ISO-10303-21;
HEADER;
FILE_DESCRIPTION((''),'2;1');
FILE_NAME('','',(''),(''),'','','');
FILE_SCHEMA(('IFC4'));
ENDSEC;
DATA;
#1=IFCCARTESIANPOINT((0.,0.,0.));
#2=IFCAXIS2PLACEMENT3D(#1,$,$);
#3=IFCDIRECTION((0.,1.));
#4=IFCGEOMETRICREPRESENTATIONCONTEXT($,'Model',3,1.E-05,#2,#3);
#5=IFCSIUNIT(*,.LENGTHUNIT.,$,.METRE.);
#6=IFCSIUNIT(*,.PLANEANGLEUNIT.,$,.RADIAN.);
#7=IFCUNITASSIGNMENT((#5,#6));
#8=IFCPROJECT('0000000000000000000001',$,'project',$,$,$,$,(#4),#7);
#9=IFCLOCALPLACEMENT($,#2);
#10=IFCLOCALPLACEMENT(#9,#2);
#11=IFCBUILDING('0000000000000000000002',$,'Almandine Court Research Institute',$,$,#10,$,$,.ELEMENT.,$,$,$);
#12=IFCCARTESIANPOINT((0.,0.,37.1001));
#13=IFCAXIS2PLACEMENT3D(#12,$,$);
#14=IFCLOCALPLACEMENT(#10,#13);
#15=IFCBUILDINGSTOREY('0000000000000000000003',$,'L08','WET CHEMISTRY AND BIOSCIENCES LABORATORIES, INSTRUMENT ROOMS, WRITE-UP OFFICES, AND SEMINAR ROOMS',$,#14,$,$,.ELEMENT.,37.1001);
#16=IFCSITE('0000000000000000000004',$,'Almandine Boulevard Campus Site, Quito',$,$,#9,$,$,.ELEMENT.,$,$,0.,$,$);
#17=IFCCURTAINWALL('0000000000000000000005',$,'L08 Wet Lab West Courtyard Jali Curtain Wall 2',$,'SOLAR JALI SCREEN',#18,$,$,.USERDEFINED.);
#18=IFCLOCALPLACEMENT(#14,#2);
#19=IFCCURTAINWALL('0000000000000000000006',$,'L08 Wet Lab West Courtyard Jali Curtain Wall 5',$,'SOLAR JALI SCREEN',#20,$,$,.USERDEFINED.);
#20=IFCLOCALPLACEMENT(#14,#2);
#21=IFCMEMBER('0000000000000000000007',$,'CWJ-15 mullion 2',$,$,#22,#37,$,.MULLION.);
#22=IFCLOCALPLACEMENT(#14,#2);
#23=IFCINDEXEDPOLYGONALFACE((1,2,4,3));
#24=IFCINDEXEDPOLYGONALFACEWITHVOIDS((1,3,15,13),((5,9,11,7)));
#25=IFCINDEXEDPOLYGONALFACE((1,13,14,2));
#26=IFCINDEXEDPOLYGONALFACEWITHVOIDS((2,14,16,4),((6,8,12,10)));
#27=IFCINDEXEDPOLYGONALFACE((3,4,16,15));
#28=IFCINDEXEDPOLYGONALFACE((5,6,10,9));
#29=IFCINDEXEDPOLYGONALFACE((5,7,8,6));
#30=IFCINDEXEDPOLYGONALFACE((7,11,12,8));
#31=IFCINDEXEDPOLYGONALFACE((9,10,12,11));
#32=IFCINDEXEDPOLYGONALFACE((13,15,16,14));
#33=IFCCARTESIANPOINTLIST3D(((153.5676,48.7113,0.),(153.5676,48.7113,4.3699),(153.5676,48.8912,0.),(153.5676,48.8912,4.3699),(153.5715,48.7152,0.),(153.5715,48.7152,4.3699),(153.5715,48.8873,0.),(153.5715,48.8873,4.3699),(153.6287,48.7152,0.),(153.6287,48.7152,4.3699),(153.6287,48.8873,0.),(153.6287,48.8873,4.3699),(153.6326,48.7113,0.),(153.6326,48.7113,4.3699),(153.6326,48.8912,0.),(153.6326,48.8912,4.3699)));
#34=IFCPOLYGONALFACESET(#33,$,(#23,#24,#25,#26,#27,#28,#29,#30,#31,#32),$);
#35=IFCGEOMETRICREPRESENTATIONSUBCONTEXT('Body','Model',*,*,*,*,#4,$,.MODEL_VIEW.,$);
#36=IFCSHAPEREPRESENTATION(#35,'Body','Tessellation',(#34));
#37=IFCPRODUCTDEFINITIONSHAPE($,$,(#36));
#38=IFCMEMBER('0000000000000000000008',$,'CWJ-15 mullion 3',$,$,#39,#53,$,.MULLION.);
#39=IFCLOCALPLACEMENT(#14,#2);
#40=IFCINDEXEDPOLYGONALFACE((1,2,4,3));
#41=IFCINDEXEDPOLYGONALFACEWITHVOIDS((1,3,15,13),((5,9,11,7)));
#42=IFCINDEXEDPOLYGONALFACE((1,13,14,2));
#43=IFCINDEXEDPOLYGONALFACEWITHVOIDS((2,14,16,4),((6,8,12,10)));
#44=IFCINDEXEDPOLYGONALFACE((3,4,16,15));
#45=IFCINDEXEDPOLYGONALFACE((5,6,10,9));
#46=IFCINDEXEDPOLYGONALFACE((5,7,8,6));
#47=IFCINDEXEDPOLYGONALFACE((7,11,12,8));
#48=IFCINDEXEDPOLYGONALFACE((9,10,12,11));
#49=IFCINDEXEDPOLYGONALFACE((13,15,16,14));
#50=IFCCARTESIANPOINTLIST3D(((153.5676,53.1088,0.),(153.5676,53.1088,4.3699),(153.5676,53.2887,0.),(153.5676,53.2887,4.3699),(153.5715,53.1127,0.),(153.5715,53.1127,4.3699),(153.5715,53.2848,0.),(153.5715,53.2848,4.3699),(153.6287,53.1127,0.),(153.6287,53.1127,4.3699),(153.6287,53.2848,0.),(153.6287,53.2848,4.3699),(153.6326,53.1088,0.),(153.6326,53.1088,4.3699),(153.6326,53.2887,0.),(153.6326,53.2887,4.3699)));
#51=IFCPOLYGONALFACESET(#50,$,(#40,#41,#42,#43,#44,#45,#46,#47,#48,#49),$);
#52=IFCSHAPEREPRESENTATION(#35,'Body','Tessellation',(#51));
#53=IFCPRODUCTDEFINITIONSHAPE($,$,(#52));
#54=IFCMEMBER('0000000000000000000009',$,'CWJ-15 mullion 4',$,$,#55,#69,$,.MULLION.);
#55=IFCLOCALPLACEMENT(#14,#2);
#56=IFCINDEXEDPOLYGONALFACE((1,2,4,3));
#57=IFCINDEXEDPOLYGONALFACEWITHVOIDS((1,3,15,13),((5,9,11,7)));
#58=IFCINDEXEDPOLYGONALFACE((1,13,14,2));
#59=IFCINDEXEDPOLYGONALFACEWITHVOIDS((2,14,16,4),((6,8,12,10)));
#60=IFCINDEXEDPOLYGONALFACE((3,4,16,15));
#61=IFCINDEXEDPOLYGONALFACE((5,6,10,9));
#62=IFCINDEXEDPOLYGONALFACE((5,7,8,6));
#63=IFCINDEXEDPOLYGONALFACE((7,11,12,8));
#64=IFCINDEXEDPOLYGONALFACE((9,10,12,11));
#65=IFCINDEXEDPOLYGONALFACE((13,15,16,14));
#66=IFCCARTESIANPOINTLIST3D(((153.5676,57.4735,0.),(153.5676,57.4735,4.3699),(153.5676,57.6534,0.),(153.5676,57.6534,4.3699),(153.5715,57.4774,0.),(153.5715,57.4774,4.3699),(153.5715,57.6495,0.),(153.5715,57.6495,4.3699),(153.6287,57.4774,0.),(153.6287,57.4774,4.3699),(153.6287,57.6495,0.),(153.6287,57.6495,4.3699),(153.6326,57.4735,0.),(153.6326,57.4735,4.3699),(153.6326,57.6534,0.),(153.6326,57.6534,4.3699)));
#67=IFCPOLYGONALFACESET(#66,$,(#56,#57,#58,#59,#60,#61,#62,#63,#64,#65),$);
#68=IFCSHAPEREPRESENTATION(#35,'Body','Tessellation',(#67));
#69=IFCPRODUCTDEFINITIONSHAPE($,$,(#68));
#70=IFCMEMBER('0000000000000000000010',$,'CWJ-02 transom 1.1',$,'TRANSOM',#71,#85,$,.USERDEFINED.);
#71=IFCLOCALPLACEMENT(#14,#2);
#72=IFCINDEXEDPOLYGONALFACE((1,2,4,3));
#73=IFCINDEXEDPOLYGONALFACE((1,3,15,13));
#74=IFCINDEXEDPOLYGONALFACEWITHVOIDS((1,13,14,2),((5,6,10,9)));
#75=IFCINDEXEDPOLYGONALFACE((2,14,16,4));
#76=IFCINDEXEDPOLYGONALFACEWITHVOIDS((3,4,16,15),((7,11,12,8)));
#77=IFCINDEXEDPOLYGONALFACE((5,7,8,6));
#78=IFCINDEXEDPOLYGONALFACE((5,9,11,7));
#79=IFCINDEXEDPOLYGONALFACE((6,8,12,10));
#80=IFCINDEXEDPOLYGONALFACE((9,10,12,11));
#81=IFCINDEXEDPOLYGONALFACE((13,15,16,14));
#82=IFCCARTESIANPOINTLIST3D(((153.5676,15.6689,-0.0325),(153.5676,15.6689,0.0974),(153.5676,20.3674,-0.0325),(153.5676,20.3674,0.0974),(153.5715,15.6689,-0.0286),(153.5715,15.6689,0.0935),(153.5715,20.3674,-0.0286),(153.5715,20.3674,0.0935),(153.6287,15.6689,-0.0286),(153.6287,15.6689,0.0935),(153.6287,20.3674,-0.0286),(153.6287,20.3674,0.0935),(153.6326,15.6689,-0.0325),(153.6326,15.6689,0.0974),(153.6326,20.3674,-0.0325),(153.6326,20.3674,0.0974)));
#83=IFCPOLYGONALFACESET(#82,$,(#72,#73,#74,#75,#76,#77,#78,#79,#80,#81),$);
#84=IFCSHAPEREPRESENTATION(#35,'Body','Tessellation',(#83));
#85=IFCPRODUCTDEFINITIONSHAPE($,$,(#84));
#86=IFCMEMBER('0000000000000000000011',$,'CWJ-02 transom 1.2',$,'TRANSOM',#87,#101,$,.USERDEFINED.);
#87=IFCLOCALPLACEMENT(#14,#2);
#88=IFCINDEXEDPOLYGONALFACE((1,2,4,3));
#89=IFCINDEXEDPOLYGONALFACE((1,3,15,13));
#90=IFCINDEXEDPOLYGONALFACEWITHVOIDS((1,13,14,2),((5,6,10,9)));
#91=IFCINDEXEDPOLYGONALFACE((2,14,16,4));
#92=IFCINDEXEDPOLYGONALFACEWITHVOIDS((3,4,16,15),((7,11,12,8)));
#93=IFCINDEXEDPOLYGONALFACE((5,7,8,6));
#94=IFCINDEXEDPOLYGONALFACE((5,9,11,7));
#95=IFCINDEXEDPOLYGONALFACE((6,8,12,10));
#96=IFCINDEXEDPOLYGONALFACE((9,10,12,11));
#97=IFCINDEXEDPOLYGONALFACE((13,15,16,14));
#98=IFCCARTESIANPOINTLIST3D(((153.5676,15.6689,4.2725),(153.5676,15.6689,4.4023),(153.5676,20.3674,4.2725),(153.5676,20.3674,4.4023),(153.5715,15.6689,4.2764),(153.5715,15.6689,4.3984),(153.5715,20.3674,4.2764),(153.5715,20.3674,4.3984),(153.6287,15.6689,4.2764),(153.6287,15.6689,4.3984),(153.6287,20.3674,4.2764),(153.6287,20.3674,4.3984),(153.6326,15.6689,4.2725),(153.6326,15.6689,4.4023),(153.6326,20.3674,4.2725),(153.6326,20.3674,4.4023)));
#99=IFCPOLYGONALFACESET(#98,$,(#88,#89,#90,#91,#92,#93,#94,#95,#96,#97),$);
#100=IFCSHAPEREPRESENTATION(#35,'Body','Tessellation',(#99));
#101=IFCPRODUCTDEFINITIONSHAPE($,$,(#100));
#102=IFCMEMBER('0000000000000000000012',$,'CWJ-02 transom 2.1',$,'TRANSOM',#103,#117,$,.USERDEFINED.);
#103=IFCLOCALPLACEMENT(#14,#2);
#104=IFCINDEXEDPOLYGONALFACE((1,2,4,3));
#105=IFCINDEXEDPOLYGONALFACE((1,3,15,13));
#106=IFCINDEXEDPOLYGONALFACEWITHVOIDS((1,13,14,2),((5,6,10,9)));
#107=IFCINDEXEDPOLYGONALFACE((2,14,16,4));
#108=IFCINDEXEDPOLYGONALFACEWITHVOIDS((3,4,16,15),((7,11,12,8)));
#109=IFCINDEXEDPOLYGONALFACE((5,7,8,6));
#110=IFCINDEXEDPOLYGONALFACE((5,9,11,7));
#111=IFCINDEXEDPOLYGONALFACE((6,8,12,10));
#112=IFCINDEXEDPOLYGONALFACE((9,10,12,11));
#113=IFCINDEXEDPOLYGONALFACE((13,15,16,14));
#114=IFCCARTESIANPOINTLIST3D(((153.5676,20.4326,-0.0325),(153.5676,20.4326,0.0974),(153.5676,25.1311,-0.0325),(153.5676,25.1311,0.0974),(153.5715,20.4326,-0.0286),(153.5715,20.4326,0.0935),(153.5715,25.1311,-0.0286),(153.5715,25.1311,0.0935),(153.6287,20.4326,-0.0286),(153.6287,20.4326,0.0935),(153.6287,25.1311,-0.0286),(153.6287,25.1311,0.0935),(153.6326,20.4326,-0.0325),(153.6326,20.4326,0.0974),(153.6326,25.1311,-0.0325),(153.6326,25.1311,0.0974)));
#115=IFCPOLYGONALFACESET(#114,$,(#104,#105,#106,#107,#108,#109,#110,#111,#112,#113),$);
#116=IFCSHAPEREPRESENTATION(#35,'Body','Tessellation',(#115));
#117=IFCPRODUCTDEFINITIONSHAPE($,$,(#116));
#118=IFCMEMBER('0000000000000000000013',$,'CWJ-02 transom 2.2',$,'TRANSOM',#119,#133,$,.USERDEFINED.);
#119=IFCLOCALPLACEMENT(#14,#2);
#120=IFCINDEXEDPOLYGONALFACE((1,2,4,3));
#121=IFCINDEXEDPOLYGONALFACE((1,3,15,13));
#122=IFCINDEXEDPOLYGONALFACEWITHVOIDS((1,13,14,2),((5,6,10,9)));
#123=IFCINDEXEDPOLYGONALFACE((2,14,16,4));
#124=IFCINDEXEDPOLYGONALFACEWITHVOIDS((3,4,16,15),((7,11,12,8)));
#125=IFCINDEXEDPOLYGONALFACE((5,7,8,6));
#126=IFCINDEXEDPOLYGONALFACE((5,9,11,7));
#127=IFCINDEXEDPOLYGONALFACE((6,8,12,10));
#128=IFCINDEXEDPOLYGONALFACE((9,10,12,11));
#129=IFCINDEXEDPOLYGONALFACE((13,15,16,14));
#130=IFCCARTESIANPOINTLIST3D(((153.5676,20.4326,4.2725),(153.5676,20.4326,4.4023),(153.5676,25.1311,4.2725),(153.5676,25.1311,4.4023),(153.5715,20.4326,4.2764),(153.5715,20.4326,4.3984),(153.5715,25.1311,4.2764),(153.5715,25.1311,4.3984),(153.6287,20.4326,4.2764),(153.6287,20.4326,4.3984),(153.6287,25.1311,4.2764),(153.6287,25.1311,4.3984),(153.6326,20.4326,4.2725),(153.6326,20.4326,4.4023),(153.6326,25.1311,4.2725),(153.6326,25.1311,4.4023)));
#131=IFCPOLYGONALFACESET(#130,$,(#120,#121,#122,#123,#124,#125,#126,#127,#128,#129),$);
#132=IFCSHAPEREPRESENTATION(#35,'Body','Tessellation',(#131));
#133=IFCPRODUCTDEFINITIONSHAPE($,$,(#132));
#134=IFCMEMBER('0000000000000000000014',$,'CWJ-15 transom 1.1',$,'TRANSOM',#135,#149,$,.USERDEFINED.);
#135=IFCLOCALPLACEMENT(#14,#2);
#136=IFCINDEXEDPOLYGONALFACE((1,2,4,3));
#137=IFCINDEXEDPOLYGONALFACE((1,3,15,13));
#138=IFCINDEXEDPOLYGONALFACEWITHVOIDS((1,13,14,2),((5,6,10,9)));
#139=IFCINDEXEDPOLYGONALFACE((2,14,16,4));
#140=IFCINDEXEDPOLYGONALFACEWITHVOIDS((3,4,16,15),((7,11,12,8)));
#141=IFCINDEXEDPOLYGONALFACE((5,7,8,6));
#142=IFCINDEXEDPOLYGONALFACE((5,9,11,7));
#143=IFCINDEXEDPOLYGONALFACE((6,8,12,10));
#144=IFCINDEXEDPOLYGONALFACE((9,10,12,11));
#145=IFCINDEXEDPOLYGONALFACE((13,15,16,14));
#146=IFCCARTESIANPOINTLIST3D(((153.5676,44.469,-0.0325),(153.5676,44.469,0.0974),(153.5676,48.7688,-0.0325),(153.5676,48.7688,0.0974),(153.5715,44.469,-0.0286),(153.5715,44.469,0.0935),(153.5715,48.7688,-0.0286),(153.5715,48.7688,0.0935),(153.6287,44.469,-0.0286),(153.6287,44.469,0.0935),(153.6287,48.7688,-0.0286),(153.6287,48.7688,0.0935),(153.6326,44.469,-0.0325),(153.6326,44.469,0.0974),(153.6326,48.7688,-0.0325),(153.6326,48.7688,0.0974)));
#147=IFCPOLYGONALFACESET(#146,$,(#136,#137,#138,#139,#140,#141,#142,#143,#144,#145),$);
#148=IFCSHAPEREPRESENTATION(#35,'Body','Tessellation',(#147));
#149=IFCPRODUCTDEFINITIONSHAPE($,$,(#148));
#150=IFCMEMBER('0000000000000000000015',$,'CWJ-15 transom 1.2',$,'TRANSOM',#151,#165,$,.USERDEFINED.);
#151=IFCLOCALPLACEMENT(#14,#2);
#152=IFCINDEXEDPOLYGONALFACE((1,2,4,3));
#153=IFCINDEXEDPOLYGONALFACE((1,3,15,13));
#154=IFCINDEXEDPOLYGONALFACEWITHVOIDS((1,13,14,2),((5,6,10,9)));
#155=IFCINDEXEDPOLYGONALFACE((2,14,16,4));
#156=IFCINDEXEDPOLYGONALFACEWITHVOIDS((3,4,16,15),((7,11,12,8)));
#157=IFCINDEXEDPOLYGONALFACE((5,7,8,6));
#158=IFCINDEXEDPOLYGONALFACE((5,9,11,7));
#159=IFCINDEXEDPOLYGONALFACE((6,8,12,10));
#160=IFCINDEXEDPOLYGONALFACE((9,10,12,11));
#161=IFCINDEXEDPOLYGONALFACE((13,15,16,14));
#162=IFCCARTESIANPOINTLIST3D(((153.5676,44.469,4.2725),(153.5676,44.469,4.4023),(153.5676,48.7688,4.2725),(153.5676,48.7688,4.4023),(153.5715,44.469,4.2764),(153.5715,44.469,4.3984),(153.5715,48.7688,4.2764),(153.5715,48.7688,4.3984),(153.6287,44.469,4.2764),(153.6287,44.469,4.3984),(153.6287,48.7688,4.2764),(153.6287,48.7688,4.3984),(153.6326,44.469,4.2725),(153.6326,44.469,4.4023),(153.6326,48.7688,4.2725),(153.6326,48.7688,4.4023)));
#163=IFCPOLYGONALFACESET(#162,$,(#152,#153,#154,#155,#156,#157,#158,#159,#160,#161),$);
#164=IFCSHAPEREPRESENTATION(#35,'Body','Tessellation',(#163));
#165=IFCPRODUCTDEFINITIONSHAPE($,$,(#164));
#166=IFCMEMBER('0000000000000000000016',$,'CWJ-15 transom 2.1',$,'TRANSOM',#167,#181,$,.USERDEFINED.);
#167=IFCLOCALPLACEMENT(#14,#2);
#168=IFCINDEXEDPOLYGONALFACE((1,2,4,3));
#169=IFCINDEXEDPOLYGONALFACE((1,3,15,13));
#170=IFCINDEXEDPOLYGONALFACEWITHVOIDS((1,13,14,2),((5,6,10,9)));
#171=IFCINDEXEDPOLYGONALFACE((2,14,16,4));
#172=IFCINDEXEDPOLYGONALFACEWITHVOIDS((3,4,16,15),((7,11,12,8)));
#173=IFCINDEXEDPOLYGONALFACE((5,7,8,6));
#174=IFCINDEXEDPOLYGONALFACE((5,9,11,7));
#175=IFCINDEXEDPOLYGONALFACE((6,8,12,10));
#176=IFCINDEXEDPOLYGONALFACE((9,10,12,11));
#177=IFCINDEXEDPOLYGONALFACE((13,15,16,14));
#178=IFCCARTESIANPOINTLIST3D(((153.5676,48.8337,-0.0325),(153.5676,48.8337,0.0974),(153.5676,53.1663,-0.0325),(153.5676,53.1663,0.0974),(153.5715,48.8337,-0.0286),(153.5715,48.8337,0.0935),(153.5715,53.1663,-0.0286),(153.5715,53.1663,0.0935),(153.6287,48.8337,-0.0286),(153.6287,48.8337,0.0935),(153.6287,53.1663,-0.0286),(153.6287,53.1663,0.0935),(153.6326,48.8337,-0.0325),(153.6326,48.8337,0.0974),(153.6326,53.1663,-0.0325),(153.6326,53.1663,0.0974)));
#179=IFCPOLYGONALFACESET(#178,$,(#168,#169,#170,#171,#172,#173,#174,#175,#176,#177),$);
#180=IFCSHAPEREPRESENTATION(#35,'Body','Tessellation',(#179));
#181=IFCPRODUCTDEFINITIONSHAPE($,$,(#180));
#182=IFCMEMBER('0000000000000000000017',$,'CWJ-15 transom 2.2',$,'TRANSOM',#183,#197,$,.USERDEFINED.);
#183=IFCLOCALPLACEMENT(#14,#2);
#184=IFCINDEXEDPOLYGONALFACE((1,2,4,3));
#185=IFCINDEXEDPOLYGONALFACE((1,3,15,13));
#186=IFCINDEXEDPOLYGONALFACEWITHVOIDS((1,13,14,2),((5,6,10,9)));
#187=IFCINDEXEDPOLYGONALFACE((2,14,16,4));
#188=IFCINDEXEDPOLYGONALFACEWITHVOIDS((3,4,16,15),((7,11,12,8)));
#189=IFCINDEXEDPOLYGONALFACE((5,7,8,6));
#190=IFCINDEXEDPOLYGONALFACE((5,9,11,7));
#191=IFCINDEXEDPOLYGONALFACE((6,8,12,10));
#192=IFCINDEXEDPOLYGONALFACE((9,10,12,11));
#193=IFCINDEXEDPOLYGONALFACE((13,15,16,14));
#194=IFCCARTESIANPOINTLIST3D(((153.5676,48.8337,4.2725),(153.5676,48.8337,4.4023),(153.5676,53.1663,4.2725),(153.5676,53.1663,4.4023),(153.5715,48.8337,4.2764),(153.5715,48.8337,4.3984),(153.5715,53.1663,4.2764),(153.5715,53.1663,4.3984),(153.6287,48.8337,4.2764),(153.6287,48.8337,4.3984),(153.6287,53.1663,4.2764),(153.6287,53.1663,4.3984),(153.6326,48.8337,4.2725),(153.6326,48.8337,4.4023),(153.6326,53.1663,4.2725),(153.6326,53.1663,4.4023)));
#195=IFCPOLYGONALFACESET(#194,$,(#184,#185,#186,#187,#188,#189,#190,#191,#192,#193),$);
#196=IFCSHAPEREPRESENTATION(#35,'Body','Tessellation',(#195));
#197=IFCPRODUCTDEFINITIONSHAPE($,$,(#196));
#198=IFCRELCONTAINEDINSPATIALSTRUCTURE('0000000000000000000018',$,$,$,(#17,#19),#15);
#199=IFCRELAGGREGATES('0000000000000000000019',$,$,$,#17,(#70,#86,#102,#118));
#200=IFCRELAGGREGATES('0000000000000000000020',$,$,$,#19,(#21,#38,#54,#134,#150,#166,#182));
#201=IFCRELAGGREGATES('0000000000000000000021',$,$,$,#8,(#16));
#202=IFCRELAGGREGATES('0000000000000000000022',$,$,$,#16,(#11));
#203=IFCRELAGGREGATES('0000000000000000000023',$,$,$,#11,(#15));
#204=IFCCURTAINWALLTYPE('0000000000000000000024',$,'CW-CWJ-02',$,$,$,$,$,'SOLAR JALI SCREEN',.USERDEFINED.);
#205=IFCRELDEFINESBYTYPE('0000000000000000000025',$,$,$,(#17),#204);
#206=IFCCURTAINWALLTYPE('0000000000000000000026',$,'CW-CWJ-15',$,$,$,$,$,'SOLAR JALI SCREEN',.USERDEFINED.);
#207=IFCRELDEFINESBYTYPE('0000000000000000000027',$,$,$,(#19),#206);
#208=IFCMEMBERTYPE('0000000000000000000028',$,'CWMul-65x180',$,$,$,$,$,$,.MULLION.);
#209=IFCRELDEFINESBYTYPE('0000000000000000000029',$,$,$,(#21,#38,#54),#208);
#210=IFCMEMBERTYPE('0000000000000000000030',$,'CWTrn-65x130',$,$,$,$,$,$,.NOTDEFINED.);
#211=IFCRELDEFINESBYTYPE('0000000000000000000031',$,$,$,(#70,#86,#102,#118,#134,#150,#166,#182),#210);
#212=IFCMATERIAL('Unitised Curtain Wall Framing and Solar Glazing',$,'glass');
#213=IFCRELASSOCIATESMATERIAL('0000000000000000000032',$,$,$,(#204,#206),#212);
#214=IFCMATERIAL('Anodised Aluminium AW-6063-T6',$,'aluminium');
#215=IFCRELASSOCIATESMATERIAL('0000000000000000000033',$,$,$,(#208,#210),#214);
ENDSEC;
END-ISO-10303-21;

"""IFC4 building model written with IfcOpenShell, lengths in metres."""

from ifc_helpers import new_model, si_unit, direction, frame, origin, origin_2d, place, context, subcontext, project, spatial, hollow_rectangle, extrude, material, material_profile, profile_set, type_object, element, aggregate, save


model = new_model("IFC4")

# Units and contexts
model_context = context("Model", 3, precision=1e-05, world=origin(), true_north=direction((0.0, 1.0)))
body_context = subcontext(model_context, "Body", "Model", "MODEL_VIEW")
ifc_project = project(units=[si_unit("LENGTHUNIT", "METRE"), si_unit("PLANEANGLEUNIT", "RADIAN")], contexts=[model_context])

# Site, building, storey
site_placement = place(None, origin())
site = spatial("IfcSite", under=ifc_project, at=site_placement, Name="Almandine Boulevard Campus Site, Quito", CompositionType="ELEMENT", RefElevation=0.0)
building_placement = place(site_placement, origin())
building = spatial("IfcBuilding", under=site, at=building_placement, Name="Almandine Court Research Institute", CompositionType="ELEMENT")
storey_placement = place(building_placement, frame((0.0, 0.0, 37.1001)))
storey = spatial("IfcBuildingStorey", under=building, at=storey_placement, Name="L08", Description="WET CHEMISTRY AND BIOSCIENCES LABORATORIES, INSTRUMENT ROOMS, WRITE-UP OFFICES, AND SEMINAR ROOMS", CompositionType="ELEMENT", Elevation=37.1001)

# Curtain walls, members
ifc_material_1 = material(Name="Unitised Curtain Wall Framing and Solar Glazing", Category="glass")
curtain_wall_type_1 = type_object("IfcCurtainWallType", Name="CW-CWJ-02", ElementType="SOLAR JALI SCREEN", PredefinedType="USERDEFINED", material=ifc_material_1)
curtain_wall_1_placement = place(storey_placement, origin())
curtain_wall_1 = element("IfcCurtainWall", 1, at=curtain_wall_1_placement, inside=storey, type_object=curtain_wall_type_1, Name="L08 Wet Lab West Courtyard Jali Curtain Wall 2", ObjectType="SOLAR JALI SCREEN", PredefinedType="USERDEFINED")
ifc_material_2 = material(Name="Anodised Aluminium AW-6063-T6", Category="aluminium")
ifc_material_profile_1 = material_profile(ifc_material_2, hollow_rectangle(XDim=0.0649, YDim=0.1799, WallThickness=0.0039, at=origin_2d()), Name="ALU RHS 65x180x4")
ifc_profile_set_1 = profile_set([ifc_material_profile_1], Name="Anodised Aluminium AW-6063-T6")
member_type_1 = type_object("IfcMemberType", Name="CWMul-65x180", PredefinedType="MULLION", material=ifc_profile_set_1)
curtain_wall_type_2 = type_object("IfcCurtainWallType", Name="CW-CWJ-15", ElementType="SOLAR JALI SCREEN", PredefinedType="USERDEFINED", material=ifc_material_1)
curtain_wall_2_placement = place(storey_placement, origin())
curtain_wall_2 = element("IfcCurtainWall", 2, at=curtain_wall_2_placement, inside=storey, type_object=curtain_wall_type_2, Name="L08 Wet Lab West Courtyard Jali Curtain Wall 5", ObjectType="SOLAR JALI SCREEN", PredefinedType="USERDEFINED")
member_1_placement = place(storey_placement, frame((153.6001, 48.8013, 0.0), z_axis=(0.0, 0.0, 1.0), x_axis=(-1.0, 0.0, 0.0)))
member_1 = element("IfcMember", 3, at=member_1_placement, type_object=member_type_1, Name="CWJ-15 mullion 2", PredefinedType="MULLION", context=body_context, shape_type="SweptSolid", body=[
    extrude(hollow_rectangle(XDim=0.0649, YDim=0.1799, WallThickness=0.0039, at=origin_2d()), origin(), (0.0, 0.0, 1.0), 4.3699),
])
member_2_placement = place(storey_placement, frame((153.6001, 53.1987, 0.0), z_axis=(0.0, 0.0, 1.0), x_axis=(-1.0, 0.0, 0.0)))
member_2 = element("IfcMember", 4, at=member_2_placement, type_object=member_type_1, Name="CWJ-15 mullion 3", PredefinedType="MULLION", context=body_context, shape_type="SweptSolid", body=[
    extrude(hollow_rectangle(XDim=0.0649, YDim=0.1799, WallThickness=0.0039, at=origin_2d()), origin(), (0.0, 0.0, 1.0), 4.3699),
])
member_3_placement = place(storey_placement, frame((153.6001, 57.5635, 0.0), z_axis=(0.0, 0.0, 1.0), x_axis=(-1.0, 0.0, 0.0)))
member_3 = element("IfcMember", 5, at=member_3_placement, type_object=member_type_1, Name="CWJ-15 mullion 4", PredefinedType="MULLION", context=body_context, shape_type="SweptSolid", body=[
    extrude(hollow_rectangle(XDim=0.0649, YDim=0.1799, WallThickness=0.0039, at=origin_2d()), origin(), (0.0, 0.0, 1.0), 4.3699),
])

# Members
ifc_material_profile_2 = material_profile(ifc_material_2, hollow_rectangle(XDim=0.0649, YDim=0.1299, WallThickness=0.0039, at=origin_2d()), Name="ALU RHS 65x130x4")
ifc_profile_set_2 = profile_set([ifc_material_profile_2], Name="Anodised Aluminium AW-6063-T6")
member_type_2 = type_object("IfcMemberType", Name="CWTrn-65x130", PredefinedType="NOTDEFINED", material=ifc_profile_set_2)
member_4_placement = place(storey_placement, frame((153.6001, 15.6689, 0.0325), z_axis=(0.0, 1.0, 0.0), x_axis=(-1.0, 0.0, 0.0)))
member_4 = element("IfcMember", 6, at=member_4_placement, type_object=member_type_2, Name="CWJ-02 transom 1.1", ObjectType="TRANSOM", PredefinedType="USERDEFINED", context=body_context, shape_type="SweptSolid", body=[
    extrude(hollow_rectangle(XDim=0.0649, YDim=0.1299, WallThickness=0.0039, at=origin_2d()), origin(), (0.0, 0.0, 1.0), 4.6985),
])
member_5_placement = place(storey_placement, frame((153.6001, 15.6689, 4.3374), z_axis=(0.0, 1.0, 0.0), x_axis=(-1.0, 0.0, 0.0)))
member_5 = element("IfcMember", 7, at=member_5_placement, type_object=member_type_2, Name="CWJ-02 transom 1.2", ObjectType="TRANSOM", PredefinedType="USERDEFINED", context=body_context, shape_type="SweptSolid", body=[
    extrude(hollow_rectangle(XDim=0.0649, YDim=0.1299, WallThickness=0.0039, at=origin_2d()), origin(), (0.0, 0.0, 1.0), 4.6985),
])
member_6_placement = place(storey_placement, frame((153.6001, 20.4326, 0.0325), z_axis=(0.0, 1.0, 0.0), x_axis=(-1.0, 0.0, 0.0)))
member_6 = element("IfcMember", 8, at=member_6_placement, type_object=member_type_2, Name="CWJ-02 transom 2.1", ObjectType="TRANSOM", PredefinedType="USERDEFINED", context=body_context, shape_type="SweptSolid", body=[
    extrude(hollow_rectangle(XDim=0.0649, YDim=0.1299, WallThickness=0.0039, at=origin_2d()), origin(), (0.0, 0.0, 1.0), 4.6985),
])
member_7_placement = place(storey_placement, frame((153.6001, 20.4326, 4.3374), z_axis=(0.0, 1.0, 0.0), x_axis=(-1.0, 0.0, 0.0)))
member_7 = element("IfcMember", 9, at=member_7_placement, type_object=member_type_2, Name="CWJ-02 transom 2.2", ObjectType="TRANSOM", PredefinedType="USERDEFINED", context=body_context, shape_type="SweptSolid", body=[
    extrude(hollow_rectangle(XDim=0.0649, YDim=0.1299, WallThickness=0.0039, at=origin_2d()), origin(), (0.0, 0.0, 1.0), 4.6985),
])
member_8_placement = place(storey_placement, frame((153.6001, 44.469, 0.0325), z_axis=(0.0, 1.0, 0.0), x_axis=(-1.0, 0.0, 0.0)))
member_8 = element("IfcMember", 10, at=member_8_placement, type_object=member_type_2, Name="CWJ-15 transom 1.1", ObjectType="TRANSOM", PredefinedType="USERDEFINED", context=body_context, shape_type="SweptSolid", body=[
    extrude(hollow_rectangle(XDim=0.0649, YDim=0.1299, WallThickness=0.0039, at=origin_2d()), origin(), (0.0, 0.0, 1.0), 4.2998),
])
member_9_placement = place(storey_placement, frame((153.6001, 44.469, 4.3374), z_axis=(0.0, 1.0, 0.0), x_axis=(-1.0, 0.0, 0.0)))
member_9 = element("IfcMember", 11, at=member_9_placement, type_object=member_type_2, Name="CWJ-15 transom 1.2", ObjectType="TRANSOM", PredefinedType="USERDEFINED", context=body_context, shape_type="SweptSolid", body=[
    extrude(hollow_rectangle(XDim=0.0649, YDim=0.1299, WallThickness=0.0039, at=origin_2d()), origin(), (0.0, 0.0, 1.0), 4.2998),
])
member_10_placement = place(storey_placement, frame((153.6001, 48.8337, 0.0325), z_axis=(0.0, 1.0, 0.0), x_axis=(-1.0, 0.0, 0.0)))
member_10 = element("IfcMember", 12, at=member_10_placement, type_object=member_type_2, Name="CWJ-15 transom 2.1", ObjectType="TRANSOM", PredefinedType="USERDEFINED", context=body_context, shape_type="SweptSolid", body=[
    extrude(hollow_rectangle(XDim=0.0649, YDim=0.1299, WallThickness=0.0039, at=origin_2d()), origin(), (0.0, 0.0, 1.0), 4.3325),
])
member_11_placement = place(storey_placement, frame((153.6001, 48.8337, 4.3374), z_axis=(0.0, 1.0, 0.0), x_axis=(-1.0, 0.0, 0.0)))
member_11 = element("IfcMember", 13, at=member_11_placement, type_object=member_type_2, Name="CWJ-15 transom 2.2", ObjectType="TRANSOM", PredefinedType="USERDEFINED", context=body_context, shape_type="SweptSolid", body=[
    extrude(hollow_rectangle(XDim=0.0649, YDim=0.1299, WallThickness=0.0039, at=origin_2d()), origin(), (0.0, 0.0, 1.0), 4.3325),
])

aggregate(curtain_wall_1, [member_4, member_5, member_6, member_7])
aggregate(curtain_wall_2, [member_1, member_2, member_3, member_8, member_9, member_10, member_11])

save(model, "model.ifc")
